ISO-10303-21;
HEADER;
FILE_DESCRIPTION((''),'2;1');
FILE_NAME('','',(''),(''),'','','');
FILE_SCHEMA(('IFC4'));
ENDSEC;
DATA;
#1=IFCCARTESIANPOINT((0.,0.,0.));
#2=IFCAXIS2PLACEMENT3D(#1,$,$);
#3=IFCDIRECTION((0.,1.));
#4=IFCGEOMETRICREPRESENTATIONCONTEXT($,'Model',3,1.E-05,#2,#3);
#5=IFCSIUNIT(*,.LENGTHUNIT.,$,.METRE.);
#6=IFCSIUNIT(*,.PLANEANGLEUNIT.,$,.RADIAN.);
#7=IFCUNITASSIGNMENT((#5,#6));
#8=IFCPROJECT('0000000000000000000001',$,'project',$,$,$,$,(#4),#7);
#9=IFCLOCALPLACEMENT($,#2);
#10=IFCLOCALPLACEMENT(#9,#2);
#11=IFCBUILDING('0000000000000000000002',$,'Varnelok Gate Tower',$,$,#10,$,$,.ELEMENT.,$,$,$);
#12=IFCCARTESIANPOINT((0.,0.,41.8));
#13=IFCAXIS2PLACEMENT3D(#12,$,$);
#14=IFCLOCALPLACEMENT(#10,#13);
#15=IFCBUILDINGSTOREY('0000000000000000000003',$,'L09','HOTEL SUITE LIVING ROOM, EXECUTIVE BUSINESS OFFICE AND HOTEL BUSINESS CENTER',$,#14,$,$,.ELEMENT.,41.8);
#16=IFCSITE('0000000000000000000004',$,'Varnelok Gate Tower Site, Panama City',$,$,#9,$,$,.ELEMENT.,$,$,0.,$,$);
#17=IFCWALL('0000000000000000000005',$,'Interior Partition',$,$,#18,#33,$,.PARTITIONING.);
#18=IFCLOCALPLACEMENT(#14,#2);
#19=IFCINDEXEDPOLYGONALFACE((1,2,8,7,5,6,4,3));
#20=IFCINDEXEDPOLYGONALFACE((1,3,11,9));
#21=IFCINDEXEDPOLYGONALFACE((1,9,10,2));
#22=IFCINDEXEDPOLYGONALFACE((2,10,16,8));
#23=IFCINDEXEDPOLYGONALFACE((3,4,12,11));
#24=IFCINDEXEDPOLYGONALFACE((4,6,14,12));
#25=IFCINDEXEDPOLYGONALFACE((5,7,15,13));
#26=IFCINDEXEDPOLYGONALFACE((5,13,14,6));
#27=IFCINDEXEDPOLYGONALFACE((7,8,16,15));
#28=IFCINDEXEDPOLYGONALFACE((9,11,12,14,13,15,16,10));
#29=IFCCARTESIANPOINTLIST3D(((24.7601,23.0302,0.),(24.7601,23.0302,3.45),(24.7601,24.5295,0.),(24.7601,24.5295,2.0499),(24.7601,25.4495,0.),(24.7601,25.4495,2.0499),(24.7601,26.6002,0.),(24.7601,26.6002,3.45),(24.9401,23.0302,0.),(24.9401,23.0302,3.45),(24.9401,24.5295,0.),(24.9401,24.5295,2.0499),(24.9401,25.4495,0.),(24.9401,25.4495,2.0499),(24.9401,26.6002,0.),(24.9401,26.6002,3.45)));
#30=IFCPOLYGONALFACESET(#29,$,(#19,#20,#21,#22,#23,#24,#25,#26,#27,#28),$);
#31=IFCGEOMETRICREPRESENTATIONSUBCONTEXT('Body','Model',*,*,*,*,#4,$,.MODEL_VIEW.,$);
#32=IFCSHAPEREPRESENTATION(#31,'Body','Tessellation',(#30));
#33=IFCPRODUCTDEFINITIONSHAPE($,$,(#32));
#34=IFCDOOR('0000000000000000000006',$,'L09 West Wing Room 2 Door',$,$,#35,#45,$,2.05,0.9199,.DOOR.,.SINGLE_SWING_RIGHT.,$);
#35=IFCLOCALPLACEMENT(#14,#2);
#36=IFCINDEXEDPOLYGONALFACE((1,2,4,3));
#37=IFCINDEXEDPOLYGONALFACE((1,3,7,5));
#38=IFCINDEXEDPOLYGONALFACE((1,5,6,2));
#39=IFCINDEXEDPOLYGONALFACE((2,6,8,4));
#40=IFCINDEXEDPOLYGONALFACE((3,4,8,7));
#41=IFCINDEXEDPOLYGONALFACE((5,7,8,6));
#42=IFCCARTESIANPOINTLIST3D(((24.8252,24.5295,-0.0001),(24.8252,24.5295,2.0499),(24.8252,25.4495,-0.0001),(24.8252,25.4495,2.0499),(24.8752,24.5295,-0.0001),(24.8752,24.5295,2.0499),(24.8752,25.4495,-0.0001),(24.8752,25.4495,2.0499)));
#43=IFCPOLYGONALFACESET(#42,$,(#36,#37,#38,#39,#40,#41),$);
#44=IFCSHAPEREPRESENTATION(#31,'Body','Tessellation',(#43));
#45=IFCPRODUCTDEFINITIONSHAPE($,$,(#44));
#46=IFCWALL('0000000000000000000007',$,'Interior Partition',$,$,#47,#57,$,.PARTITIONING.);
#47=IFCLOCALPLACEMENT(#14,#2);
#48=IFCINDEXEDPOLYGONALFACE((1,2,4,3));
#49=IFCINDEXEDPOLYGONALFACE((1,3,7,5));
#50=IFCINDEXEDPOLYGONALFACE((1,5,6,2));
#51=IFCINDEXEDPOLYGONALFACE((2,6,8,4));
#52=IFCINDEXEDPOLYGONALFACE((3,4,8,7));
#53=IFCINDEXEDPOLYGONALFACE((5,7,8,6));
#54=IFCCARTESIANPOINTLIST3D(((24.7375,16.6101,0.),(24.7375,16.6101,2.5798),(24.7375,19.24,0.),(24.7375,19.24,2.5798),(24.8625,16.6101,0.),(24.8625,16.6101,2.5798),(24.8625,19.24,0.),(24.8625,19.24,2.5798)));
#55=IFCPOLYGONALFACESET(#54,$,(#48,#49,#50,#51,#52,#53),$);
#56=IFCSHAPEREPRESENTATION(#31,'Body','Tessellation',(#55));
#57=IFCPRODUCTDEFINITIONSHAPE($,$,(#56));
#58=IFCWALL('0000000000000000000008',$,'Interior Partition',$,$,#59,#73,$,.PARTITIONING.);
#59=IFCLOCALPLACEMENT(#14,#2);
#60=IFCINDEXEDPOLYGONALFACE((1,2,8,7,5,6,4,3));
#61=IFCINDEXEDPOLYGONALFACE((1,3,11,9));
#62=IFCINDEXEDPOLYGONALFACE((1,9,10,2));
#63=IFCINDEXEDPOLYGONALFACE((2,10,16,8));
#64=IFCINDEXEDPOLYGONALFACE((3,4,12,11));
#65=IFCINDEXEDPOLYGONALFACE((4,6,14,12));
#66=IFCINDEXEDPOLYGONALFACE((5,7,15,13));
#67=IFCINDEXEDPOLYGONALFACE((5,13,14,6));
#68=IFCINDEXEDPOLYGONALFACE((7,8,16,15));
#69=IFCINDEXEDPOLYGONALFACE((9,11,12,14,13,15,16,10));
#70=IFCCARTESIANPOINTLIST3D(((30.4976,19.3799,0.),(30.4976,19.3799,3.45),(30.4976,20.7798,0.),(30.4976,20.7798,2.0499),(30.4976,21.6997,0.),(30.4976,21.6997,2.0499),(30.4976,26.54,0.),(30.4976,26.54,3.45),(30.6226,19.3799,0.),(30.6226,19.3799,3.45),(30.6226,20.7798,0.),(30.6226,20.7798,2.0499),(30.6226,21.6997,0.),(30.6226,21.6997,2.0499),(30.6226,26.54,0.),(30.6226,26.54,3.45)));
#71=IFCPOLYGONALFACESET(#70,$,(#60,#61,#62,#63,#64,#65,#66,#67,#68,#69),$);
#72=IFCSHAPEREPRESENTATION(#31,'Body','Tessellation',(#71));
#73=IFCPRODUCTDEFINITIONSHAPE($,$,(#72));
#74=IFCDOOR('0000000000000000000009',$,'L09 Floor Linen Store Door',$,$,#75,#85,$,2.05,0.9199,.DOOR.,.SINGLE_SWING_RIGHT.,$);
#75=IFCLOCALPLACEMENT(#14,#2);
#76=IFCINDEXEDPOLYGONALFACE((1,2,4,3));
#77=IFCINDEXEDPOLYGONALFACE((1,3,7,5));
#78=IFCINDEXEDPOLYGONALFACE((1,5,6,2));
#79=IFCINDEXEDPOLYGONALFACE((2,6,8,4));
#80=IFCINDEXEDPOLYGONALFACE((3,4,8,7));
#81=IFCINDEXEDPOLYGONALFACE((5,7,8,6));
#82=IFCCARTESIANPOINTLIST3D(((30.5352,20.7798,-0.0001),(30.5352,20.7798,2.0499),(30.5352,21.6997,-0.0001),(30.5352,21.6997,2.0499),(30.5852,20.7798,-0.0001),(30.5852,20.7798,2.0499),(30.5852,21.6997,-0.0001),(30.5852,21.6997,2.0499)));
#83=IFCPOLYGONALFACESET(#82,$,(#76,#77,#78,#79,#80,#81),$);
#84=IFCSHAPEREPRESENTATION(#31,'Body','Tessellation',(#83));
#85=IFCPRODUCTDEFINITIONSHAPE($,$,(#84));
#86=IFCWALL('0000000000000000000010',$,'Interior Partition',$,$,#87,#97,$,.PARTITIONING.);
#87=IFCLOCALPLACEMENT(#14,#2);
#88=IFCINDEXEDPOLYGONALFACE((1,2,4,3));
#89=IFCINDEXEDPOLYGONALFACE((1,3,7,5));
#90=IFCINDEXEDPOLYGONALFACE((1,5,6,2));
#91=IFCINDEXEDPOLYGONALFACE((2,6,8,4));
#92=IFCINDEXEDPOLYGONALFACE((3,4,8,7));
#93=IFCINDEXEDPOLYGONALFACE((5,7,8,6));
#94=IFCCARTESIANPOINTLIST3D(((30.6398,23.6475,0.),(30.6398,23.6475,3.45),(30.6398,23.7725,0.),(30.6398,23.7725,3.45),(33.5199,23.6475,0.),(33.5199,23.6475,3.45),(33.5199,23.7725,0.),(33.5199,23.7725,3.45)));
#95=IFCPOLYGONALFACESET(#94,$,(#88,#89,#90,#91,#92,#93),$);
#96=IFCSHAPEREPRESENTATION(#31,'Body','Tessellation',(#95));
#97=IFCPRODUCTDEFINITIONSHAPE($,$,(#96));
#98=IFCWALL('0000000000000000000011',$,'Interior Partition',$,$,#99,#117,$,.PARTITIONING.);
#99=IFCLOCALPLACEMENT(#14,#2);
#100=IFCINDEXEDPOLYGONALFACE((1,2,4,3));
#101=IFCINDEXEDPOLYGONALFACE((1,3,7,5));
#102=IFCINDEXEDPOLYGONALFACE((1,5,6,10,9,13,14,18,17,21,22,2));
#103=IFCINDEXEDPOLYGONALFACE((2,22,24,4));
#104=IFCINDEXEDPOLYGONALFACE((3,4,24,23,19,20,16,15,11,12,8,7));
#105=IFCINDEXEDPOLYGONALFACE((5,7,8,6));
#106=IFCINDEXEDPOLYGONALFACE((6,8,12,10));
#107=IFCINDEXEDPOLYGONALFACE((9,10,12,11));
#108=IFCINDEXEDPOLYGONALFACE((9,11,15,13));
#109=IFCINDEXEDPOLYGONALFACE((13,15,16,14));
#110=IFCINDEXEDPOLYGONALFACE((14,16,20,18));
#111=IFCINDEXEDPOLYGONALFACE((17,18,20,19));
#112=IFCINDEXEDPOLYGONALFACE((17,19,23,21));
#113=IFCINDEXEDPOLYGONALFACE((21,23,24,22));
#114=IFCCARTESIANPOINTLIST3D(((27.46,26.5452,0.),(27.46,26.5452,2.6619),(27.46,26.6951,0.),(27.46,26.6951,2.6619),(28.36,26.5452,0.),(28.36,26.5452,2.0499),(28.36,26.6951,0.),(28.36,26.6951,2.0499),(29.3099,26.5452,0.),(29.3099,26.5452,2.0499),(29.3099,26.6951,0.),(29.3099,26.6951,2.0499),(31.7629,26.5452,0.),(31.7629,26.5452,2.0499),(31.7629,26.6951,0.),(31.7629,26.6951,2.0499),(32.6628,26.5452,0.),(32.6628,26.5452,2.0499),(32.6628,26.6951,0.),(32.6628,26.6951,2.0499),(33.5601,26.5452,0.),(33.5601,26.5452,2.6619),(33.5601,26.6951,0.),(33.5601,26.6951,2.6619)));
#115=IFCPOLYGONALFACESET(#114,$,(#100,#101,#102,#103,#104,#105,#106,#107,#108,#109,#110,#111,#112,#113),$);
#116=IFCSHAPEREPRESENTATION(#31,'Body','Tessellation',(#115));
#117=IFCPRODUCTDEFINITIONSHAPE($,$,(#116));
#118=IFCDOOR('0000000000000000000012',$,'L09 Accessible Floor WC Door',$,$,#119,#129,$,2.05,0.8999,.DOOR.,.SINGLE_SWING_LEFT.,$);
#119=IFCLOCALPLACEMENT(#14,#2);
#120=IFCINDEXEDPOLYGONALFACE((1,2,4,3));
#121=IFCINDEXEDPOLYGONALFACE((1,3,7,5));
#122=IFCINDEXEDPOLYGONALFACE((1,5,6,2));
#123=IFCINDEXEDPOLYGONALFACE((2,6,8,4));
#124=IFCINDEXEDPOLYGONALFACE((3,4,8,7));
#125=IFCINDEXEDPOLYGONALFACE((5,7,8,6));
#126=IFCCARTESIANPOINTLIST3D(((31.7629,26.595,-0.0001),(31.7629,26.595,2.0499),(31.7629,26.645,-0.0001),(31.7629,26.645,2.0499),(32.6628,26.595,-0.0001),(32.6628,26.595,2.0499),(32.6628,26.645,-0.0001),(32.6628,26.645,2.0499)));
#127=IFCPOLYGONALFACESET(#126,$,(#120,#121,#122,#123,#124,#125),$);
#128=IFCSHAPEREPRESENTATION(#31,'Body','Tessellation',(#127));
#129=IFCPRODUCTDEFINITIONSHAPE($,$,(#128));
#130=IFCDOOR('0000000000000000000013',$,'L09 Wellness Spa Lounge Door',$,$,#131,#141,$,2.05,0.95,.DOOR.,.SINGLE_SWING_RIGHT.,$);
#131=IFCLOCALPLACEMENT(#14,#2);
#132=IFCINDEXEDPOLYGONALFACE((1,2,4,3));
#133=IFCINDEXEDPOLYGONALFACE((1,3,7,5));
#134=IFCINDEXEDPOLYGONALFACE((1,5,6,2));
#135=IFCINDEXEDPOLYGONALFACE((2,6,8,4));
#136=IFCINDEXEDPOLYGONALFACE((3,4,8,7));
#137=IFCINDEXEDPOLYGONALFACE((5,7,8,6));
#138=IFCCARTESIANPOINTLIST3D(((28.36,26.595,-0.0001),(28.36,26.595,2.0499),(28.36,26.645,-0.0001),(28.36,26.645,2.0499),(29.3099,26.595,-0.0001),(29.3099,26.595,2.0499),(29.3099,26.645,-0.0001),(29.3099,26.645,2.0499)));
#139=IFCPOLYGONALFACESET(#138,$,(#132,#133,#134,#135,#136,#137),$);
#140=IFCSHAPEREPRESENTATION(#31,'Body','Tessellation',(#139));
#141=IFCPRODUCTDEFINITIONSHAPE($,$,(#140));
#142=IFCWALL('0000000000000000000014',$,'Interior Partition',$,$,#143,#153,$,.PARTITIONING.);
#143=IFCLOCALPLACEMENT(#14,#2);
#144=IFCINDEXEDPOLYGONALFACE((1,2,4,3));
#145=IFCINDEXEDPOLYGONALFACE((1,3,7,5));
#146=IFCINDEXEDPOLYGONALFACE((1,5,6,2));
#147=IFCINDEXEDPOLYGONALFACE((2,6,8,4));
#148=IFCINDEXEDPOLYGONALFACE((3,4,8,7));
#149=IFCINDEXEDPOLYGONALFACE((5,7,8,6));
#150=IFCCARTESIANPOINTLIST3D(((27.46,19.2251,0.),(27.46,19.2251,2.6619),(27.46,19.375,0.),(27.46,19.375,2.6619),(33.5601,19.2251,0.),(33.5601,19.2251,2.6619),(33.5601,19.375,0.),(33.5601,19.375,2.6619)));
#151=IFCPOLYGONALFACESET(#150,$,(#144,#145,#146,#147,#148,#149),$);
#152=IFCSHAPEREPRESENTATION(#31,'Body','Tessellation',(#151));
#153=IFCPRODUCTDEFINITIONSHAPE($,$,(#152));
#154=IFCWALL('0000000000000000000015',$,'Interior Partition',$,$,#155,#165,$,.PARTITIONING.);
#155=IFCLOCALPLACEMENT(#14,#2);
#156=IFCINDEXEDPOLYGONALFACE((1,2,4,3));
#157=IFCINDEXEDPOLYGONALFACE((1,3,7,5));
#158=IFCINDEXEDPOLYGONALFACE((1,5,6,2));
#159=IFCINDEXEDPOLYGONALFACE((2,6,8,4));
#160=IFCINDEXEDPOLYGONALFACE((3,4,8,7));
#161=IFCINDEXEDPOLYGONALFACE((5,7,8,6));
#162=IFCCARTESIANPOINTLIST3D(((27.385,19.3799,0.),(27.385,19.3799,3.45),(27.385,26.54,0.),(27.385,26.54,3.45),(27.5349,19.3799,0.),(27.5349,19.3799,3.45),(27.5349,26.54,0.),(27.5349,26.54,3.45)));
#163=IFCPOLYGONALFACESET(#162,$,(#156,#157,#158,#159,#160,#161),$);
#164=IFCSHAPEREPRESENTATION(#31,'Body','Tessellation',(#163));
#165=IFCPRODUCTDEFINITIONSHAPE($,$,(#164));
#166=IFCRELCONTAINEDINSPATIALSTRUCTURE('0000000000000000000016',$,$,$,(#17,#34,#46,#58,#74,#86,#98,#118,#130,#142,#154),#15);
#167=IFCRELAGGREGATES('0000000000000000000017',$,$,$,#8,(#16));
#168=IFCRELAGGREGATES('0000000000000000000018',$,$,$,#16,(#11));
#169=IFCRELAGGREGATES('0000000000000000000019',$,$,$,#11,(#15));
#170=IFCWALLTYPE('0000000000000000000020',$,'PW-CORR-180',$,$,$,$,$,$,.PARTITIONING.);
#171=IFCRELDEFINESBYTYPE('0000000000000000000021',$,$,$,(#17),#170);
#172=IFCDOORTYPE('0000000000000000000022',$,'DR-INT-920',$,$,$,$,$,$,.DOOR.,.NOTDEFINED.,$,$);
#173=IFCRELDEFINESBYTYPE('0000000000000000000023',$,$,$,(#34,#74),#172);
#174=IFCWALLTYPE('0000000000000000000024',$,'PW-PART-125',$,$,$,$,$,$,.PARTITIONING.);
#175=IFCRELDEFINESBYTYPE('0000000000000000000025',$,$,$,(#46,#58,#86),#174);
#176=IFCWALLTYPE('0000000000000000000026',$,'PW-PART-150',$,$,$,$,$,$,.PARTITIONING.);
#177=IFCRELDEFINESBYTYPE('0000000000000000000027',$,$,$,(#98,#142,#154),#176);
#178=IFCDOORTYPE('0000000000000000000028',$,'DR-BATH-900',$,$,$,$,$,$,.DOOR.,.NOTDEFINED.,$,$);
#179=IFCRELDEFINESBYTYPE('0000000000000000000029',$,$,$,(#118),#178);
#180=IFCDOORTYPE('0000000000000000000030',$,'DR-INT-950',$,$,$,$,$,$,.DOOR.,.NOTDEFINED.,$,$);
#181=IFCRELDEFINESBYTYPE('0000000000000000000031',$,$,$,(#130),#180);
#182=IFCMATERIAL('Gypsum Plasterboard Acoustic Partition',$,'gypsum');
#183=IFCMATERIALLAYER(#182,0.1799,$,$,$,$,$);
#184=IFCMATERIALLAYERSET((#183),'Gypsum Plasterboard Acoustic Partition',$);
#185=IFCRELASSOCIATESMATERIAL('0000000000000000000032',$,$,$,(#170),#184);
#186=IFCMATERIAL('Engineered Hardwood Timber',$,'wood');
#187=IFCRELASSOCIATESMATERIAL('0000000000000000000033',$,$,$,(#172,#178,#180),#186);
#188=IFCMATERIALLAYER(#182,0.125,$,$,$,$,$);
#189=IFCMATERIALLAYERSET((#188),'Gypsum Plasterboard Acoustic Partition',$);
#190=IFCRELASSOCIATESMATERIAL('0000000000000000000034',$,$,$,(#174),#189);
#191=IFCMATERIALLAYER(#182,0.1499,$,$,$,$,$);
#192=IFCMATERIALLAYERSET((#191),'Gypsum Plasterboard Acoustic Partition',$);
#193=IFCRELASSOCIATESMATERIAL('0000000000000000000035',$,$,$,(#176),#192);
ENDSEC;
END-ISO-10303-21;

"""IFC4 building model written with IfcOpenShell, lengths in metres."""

from ifc_helpers import new_model, si_unit, direction, frame, frame_2d, origin, place, context, subcontext, project, spatial, rectangle, extrude, material, layer, layer_set, type_object, element, fill, save


model = new_model("IFC4")

# Units and contexts
model_context = context("Model", 3, precision=1e-05, world=origin(), true_north=direction((0.0, 1.0)))
body_context = subcontext(model_context, "Body", "Model", "MODEL_VIEW")
ifc_project = project(units=[si_unit("LENGTHUNIT", "METRE"), si_unit("PLANEANGLEUNIT", "RADIAN")], contexts=[model_context])

# Site, building, storey
site_placement = place(None, origin())
site = spatial("IfcSite", under=ifc_project, at=site_placement, Name="Varnelok Gate Tower Site, Panama City", CompositionType="ELEMENT", RefElevation=0.0)
building_placement = place(site_placement, origin())
building = spatial("IfcBuilding", under=site, at=building_placement, Name="Varnelok Gate Tower", CompositionType="ELEMENT")
storey_placement = place(building_placement, frame((0.0, 0.0, 41.8)))
storey = spatial("IfcBuildingStorey", under=building, at=storey_placement, Name="L09", Description="HOTEL SUITE LIVING ROOM, EXECUTIVE BUSINESS OFFICE AND HOTEL BUSINESS CENTER", CompositionType="ELEMENT", Elevation=41.8)

# Wall, opening, door
ifc_material_1 = material(Name="Gypsum Plasterboard Acoustic Partition", Category="gypsum")
ifc_layer_1 = layer(ifc_material_1, 0.1799)
ifc_layer_set_1 = layer_set([ifc_layer_1], Name="Gypsum Plasterboard Acoustic Partition")
wall_type_1 = type_object("IfcWallType", Name="PW-CORR-180", PredefinedType="PARTITIONING", material=ifc_layer_set_1)
ifc_material_2 = material(Name="Engineered Hardwood Timber", Category="wood")
door_type_1 = type_object("IfcDoorType", Name="DR-INT-920", OperationType="NOTDEFINED", PredefinedType="DOOR", material=ifc_material_2)
wall_1_placement = place(storey_placement, frame((24.8501, 23.03, 0.0), z_axis=(0.0, 0.0, 1.0), x_axis=(0.0, 1.0, 0.0)))
wall_1 = element("IfcWall", 1, at=wall_1_placement, inside=storey, type_object=wall_type_1, Name="Interior Partition", PredefinedType="PARTITIONING", context=body_context, shape_type="SweptSolid", body=[
    extrude(rectangle(XDim=3.5701, YDim=0.1799, at=frame_2d((1.7852, 0.0))), origin(), (0.0, 0.0, 1.0), 3.45),
])
opening_1_placement = place(wall_1_placement, frame((1.4995, 0.0, 0.0)))
opening_1 = element("IfcOpeningElement", 2, at=opening_1_placement, cuts=wall_1, PredefinedType="OPENING", context=body_context, shape_type="SweptSolid", body=[
    extrude(rectangle(XDim=0.9199, YDim=2.05, at=frame_2d((0.46, 1.0249))), frame((0.0, 0.0999, 0.0), z_axis=(0.0, -1.0, 0.0), x_axis=(1.0, 0.0, 0.0)), (0.0, 0.0, 1.0), 0.2),
])
door_1_placement = place(opening_1_placement, origin())
door_1 = element("IfcDoor", 3, at=door_1_placement, inside=storey, type_object=door_type_1, Name="L09 West Wing Room 2 Door", OperationType="SINGLE_SWING_RIGHT", OverallHeight=2.05, OverallWidth=0.9199, PredefinedType="DOOR", context=body_context, shape_type="SweptSolid", body=[
    extrude(rectangle(XDim=0.9199, YDim=2.05, at=frame_2d((0.46, 1.0249))), frame((0.0, 0.0249, 0.0), z_axis=(0.0, -1.0, 0.0), x_axis=(1.0, 0.0, 0.0)), (0.0, 0.0, 1.0), 0.05),
])
fill(opening_1, door_1)

# Wall
ifc_layer_2 = layer(ifc_material_1, 0.125)
ifc_layer_set_2 = layer_set([ifc_layer_2], Name="Gypsum Plasterboard Acoustic Partition")
wall_type_2 = type_object("IfcWallType", Name="PW-PART-125", PredefinedType="PARTITIONING", material=ifc_layer_set_2)
wall_2_placement = place(storey_placement, frame((24.8, 16.6101, 0.0), z_axis=(0.0, 0.0, 1.0), x_axis=(0.0, 1.0, 0.0)))
element("IfcWall", 4, at=wall_2_placement, inside=storey, type_object=wall_type_2, Name="Interior Partition", PredefinedType="PARTITIONING", context=body_context, shape_type="SweptSolid", body=[
    extrude(rectangle(XDim=2.6299, YDim=0.125, at=frame_2d((1.3149, 0.0))), origin(), (0.0, 0.0, 1.0), 2.5798),
])

# Wall, opening, door
wall_3_placement = place(storey_placement, frame((30.5601, 19.3799, 0.0), z_axis=(0.0, 0.0, 1.0), x_axis=(0.0, 1.0, 0.0)))
wall_3 = element("IfcWall", 5, at=wall_3_placement, inside=storey, type_object=wall_type_2, Name="Interior Partition", PredefinedType="PARTITIONING", context=body_context, shape_type="SweptSolid", body=[
    extrude(rectangle(XDim=7.1602, YDim=0.125, at=frame_2d((3.5801, 0.0))), origin(), (0.0, 0.0, 1.0), 3.45),
])
opening_2_placement = place(wall_3_placement, frame((1.3999, 0.0, 0.0)))
opening_2 = element("IfcOpeningElement", 6, at=opening_2_placement, cuts=wall_3, PredefinedType="OPENING", context=body_context, shape_type="SweptSolid", body=[
    extrude(rectangle(XDim=0.9199, YDim=2.05, at=frame_2d((0.46, 1.0249))), frame((0.0, 0.0725, 0.0), z_axis=(0.0, -1.0, 0.0), x_axis=(1.0, 0.0, 0.0)), (0.0, 0.0, 1.0), 0.145),
])
door_2_placement = place(opening_2_placement, origin())
door_2 = element("IfcDoor", 7, at=door_2_placement, inside=storey, type_object=door_type_1, Name="L09 Floor Linen Store Door", OperationType="SINGLE_SWING_RIGHT", OverallHeight=2.05, OverallWidth=0.9199, PredefinedType="DOOR", context=body_context, shape_type="SweptSolid", body=[
    extrude(rectangle(XDim=0.9199, YDim=2.05, at=frame_2d((0.46, 1.0249))), frame((0.0, 0.0249, 0.0), z_axis=(0.0, -1.0, 0.0), x_axis=(1.0, 0.0, 0.0)), (0.0, 0.0, 1.0), 0.05),
])
fill(opening_2, door_2)

# Wall
wall_4_placement = place(storey_placement, frame((30.6399, 23.71, 0.0), z_axis=(0.0, 0.0, 1.0), x_axis=(1.0, 0.0, 0.0)))
element("IfcWall", 8, at=wall_4_placement, inside=storey, type_object=wall_type_2, Name="Interior Partition", PredefinedType="PARTITIONING", context=body_context, shape_type="SweptSolid", body=[
    extrude(rectangle(XDim=2.8801, YDim=0.125, at=frame_2d((1.4399, 0.0))), origin(), (0.0, 0.0, 1.0), 3.45),
])

# Wall, openings, doors
ifc_layer_3 = layer(ifc_material_1, 0.1499)
ifc_layer_set_3 = layer_set([ifc_layer_3], Name="Gypsum Plasterboard Acoustic Partition")
wall_type_3 = type_object("IfcWallType", Name="PW-PART-150", PredefinedType="PARTITIONING", material=ifc_layer_set_3)
wall_5_placement = place(storey_placement, frame((27.46, 26.6201, 0.0), z_axis=(0.0, 0.0, 1.0), x_axis=(1.0, 0.0, 0.0)))
wall_5 = element("IfcWall", 9, at=wall_5_placement, inside=storey, type_object=wall_type_3, Name="Interior Partition", PredefinedType="PARTITIONING", context=body_context, shape_type="SweptSolid", body=[
    extrude(rectangle(XDim=6.1001, YDim=0.1499, at=frame_2d((3.05, 0.0))), origin(), (0.0, 0.0, 1.0), 2.6619),
])
opening_3_placement = place(wall_5_placement, frame((0.8999, 0.0, 0.0)))
opening_3 = element("IfcOpeningElement", 10, at=opening_3_placement, cuts=wall_5, PredefinedType="OPENING", context=body_context, shape_type="SweptSolid", body=[
    extrude(rectangle(XDim=0.95, YDim=2.05, at=frame_2d((0.4751, 1.0249))), frame((0.0, 0.085, 0.0), z_axis=(0.0, -1.0, 0.0), x_axis=(1.0, 0.0, 0.0)), (0.0, 0.0, 1.0), 0.1699),
])
opening_4_placement = place(wall_5_placement, frame((4.303, 0.0, 0.0)))
opening_4 = element("IfcOpeningElement", 11, at=opening_4_placement, cuts=wall_5, PredefinedType="OPENING", context=body_context, shape_type="SweptSolid", body=[
    extrude(rectangle(XDim=0.8999, YDim=2.05, at=frame_2d((0.45, 1.0249))), frame((0.0, 0.085, 0.0), z_axis=(0.0, -1.0, 0.0), x_axis=(1.0, 0.0, 0.0)), (0.0, 0.0, 1.0), 0.1699),
])
door_type_2 = type_object("IfcDoorType", Name="DR-BATH-900", OperationType="NOTDEFINED", PredefinedType="DOOR", material=ifc_material_2)
door_3_placement = place(opening_4_placement, origin())
door_3 = element("IfcDoor", 12, at=door_3_placement, inside=storey, type_object=door_type_2, Name="L09 Accessible Floor WC Door", OperationType="SINGLE_SWING_LEFT", OverallHeight=2.05, OverallWidth=0.8999, PredefinedType="DOOR", context=body_context, shape_type="SweptSolid", body=[
    extrude(rectangle(XDim=0.8999, YDim=2.05, at=frame_2d((0.45, 1.0249))), frame((0.0, 0.0249, 0.0), z_axis=(0.0, -1.0, 0.0), x_axis=(1.0, 0.0, 0.0)), (0.0, 0.0, 1.0), 0.05),
])
fill(opening_4, door_3)
door_type_3 = type_object("IfcDoorType", Name="DR-INT-950", OperationType="NOTDEFINED", PredefinedType="DOOR", material=ifc_material_2)
door_4_placement = place(opening_3_placement, origin())
door_4 = element("IfcDoor", 13, at=door_4_placement, inside=storey, type_object=door_type_3, Name="L09 Wellness Spa Lounge Door", OperationType="SINGLE_SWING_RIGHT", OverallHeight=2.05, OverallWidth=0.95, PredefinedType="DOOR", context=body_context, shape_type="SweptSolid", body=[
    extrude(rectangle(XDim=0.95, YDim=2.05, at=frame_2d((0.4751, 1.0249))), frame((0.0, 0.0249, 0.0), z_axis=(0.0, -1.0, 0.0), x_axis=(1.0, 0.0, 0.0)), (0.0, 0.0, 1.0), 0.05),
])
fill(opening_3, door_4)

# Walls
wall_6_placement = place(storey_placement, frame((27.46, 19.3, 0.0), z_axis=(0.0, 0.0, 1.0), x_axis=(1.0, 0.0, 0.0)))
element("IfcWall", 14, at=wall_6_placement, inside=storey, type_object=wall_type_3, Name="Interior Partition", PredefinedType="PARTITIONING", context=body_context, shape_type="SweptSolid", body=[
    extrude(rectangle(XDim=6.1001, YDim=0.1499, at=frame_2d((3.05, 0.0))), origin(), (0.0, 0.0, 1.0), 2.6619),
])
wall_7_placement = place(storey_placement, frame((27.46, 19.3799, 0.0), z_axis=(0.0, 0.0, 1.0), x_axis=(0.0, 1.0, 0.0)))
element("IfcWall", 15, at=wall_7_placement, inside=storey, type_object=wall_type_3, Name="Interior Partition", PredefinedType="PARTITIONING", context=body_context, shape_type="SweptSolid", body=[
    extrude(rectangle(XDim=7.1602, YDim=0.1499, at=frame_2d((3.5801, 0.0))), origin(), (0.0, 0.0, 1.0), 3.45),
])

save(model, "model.ifc")
